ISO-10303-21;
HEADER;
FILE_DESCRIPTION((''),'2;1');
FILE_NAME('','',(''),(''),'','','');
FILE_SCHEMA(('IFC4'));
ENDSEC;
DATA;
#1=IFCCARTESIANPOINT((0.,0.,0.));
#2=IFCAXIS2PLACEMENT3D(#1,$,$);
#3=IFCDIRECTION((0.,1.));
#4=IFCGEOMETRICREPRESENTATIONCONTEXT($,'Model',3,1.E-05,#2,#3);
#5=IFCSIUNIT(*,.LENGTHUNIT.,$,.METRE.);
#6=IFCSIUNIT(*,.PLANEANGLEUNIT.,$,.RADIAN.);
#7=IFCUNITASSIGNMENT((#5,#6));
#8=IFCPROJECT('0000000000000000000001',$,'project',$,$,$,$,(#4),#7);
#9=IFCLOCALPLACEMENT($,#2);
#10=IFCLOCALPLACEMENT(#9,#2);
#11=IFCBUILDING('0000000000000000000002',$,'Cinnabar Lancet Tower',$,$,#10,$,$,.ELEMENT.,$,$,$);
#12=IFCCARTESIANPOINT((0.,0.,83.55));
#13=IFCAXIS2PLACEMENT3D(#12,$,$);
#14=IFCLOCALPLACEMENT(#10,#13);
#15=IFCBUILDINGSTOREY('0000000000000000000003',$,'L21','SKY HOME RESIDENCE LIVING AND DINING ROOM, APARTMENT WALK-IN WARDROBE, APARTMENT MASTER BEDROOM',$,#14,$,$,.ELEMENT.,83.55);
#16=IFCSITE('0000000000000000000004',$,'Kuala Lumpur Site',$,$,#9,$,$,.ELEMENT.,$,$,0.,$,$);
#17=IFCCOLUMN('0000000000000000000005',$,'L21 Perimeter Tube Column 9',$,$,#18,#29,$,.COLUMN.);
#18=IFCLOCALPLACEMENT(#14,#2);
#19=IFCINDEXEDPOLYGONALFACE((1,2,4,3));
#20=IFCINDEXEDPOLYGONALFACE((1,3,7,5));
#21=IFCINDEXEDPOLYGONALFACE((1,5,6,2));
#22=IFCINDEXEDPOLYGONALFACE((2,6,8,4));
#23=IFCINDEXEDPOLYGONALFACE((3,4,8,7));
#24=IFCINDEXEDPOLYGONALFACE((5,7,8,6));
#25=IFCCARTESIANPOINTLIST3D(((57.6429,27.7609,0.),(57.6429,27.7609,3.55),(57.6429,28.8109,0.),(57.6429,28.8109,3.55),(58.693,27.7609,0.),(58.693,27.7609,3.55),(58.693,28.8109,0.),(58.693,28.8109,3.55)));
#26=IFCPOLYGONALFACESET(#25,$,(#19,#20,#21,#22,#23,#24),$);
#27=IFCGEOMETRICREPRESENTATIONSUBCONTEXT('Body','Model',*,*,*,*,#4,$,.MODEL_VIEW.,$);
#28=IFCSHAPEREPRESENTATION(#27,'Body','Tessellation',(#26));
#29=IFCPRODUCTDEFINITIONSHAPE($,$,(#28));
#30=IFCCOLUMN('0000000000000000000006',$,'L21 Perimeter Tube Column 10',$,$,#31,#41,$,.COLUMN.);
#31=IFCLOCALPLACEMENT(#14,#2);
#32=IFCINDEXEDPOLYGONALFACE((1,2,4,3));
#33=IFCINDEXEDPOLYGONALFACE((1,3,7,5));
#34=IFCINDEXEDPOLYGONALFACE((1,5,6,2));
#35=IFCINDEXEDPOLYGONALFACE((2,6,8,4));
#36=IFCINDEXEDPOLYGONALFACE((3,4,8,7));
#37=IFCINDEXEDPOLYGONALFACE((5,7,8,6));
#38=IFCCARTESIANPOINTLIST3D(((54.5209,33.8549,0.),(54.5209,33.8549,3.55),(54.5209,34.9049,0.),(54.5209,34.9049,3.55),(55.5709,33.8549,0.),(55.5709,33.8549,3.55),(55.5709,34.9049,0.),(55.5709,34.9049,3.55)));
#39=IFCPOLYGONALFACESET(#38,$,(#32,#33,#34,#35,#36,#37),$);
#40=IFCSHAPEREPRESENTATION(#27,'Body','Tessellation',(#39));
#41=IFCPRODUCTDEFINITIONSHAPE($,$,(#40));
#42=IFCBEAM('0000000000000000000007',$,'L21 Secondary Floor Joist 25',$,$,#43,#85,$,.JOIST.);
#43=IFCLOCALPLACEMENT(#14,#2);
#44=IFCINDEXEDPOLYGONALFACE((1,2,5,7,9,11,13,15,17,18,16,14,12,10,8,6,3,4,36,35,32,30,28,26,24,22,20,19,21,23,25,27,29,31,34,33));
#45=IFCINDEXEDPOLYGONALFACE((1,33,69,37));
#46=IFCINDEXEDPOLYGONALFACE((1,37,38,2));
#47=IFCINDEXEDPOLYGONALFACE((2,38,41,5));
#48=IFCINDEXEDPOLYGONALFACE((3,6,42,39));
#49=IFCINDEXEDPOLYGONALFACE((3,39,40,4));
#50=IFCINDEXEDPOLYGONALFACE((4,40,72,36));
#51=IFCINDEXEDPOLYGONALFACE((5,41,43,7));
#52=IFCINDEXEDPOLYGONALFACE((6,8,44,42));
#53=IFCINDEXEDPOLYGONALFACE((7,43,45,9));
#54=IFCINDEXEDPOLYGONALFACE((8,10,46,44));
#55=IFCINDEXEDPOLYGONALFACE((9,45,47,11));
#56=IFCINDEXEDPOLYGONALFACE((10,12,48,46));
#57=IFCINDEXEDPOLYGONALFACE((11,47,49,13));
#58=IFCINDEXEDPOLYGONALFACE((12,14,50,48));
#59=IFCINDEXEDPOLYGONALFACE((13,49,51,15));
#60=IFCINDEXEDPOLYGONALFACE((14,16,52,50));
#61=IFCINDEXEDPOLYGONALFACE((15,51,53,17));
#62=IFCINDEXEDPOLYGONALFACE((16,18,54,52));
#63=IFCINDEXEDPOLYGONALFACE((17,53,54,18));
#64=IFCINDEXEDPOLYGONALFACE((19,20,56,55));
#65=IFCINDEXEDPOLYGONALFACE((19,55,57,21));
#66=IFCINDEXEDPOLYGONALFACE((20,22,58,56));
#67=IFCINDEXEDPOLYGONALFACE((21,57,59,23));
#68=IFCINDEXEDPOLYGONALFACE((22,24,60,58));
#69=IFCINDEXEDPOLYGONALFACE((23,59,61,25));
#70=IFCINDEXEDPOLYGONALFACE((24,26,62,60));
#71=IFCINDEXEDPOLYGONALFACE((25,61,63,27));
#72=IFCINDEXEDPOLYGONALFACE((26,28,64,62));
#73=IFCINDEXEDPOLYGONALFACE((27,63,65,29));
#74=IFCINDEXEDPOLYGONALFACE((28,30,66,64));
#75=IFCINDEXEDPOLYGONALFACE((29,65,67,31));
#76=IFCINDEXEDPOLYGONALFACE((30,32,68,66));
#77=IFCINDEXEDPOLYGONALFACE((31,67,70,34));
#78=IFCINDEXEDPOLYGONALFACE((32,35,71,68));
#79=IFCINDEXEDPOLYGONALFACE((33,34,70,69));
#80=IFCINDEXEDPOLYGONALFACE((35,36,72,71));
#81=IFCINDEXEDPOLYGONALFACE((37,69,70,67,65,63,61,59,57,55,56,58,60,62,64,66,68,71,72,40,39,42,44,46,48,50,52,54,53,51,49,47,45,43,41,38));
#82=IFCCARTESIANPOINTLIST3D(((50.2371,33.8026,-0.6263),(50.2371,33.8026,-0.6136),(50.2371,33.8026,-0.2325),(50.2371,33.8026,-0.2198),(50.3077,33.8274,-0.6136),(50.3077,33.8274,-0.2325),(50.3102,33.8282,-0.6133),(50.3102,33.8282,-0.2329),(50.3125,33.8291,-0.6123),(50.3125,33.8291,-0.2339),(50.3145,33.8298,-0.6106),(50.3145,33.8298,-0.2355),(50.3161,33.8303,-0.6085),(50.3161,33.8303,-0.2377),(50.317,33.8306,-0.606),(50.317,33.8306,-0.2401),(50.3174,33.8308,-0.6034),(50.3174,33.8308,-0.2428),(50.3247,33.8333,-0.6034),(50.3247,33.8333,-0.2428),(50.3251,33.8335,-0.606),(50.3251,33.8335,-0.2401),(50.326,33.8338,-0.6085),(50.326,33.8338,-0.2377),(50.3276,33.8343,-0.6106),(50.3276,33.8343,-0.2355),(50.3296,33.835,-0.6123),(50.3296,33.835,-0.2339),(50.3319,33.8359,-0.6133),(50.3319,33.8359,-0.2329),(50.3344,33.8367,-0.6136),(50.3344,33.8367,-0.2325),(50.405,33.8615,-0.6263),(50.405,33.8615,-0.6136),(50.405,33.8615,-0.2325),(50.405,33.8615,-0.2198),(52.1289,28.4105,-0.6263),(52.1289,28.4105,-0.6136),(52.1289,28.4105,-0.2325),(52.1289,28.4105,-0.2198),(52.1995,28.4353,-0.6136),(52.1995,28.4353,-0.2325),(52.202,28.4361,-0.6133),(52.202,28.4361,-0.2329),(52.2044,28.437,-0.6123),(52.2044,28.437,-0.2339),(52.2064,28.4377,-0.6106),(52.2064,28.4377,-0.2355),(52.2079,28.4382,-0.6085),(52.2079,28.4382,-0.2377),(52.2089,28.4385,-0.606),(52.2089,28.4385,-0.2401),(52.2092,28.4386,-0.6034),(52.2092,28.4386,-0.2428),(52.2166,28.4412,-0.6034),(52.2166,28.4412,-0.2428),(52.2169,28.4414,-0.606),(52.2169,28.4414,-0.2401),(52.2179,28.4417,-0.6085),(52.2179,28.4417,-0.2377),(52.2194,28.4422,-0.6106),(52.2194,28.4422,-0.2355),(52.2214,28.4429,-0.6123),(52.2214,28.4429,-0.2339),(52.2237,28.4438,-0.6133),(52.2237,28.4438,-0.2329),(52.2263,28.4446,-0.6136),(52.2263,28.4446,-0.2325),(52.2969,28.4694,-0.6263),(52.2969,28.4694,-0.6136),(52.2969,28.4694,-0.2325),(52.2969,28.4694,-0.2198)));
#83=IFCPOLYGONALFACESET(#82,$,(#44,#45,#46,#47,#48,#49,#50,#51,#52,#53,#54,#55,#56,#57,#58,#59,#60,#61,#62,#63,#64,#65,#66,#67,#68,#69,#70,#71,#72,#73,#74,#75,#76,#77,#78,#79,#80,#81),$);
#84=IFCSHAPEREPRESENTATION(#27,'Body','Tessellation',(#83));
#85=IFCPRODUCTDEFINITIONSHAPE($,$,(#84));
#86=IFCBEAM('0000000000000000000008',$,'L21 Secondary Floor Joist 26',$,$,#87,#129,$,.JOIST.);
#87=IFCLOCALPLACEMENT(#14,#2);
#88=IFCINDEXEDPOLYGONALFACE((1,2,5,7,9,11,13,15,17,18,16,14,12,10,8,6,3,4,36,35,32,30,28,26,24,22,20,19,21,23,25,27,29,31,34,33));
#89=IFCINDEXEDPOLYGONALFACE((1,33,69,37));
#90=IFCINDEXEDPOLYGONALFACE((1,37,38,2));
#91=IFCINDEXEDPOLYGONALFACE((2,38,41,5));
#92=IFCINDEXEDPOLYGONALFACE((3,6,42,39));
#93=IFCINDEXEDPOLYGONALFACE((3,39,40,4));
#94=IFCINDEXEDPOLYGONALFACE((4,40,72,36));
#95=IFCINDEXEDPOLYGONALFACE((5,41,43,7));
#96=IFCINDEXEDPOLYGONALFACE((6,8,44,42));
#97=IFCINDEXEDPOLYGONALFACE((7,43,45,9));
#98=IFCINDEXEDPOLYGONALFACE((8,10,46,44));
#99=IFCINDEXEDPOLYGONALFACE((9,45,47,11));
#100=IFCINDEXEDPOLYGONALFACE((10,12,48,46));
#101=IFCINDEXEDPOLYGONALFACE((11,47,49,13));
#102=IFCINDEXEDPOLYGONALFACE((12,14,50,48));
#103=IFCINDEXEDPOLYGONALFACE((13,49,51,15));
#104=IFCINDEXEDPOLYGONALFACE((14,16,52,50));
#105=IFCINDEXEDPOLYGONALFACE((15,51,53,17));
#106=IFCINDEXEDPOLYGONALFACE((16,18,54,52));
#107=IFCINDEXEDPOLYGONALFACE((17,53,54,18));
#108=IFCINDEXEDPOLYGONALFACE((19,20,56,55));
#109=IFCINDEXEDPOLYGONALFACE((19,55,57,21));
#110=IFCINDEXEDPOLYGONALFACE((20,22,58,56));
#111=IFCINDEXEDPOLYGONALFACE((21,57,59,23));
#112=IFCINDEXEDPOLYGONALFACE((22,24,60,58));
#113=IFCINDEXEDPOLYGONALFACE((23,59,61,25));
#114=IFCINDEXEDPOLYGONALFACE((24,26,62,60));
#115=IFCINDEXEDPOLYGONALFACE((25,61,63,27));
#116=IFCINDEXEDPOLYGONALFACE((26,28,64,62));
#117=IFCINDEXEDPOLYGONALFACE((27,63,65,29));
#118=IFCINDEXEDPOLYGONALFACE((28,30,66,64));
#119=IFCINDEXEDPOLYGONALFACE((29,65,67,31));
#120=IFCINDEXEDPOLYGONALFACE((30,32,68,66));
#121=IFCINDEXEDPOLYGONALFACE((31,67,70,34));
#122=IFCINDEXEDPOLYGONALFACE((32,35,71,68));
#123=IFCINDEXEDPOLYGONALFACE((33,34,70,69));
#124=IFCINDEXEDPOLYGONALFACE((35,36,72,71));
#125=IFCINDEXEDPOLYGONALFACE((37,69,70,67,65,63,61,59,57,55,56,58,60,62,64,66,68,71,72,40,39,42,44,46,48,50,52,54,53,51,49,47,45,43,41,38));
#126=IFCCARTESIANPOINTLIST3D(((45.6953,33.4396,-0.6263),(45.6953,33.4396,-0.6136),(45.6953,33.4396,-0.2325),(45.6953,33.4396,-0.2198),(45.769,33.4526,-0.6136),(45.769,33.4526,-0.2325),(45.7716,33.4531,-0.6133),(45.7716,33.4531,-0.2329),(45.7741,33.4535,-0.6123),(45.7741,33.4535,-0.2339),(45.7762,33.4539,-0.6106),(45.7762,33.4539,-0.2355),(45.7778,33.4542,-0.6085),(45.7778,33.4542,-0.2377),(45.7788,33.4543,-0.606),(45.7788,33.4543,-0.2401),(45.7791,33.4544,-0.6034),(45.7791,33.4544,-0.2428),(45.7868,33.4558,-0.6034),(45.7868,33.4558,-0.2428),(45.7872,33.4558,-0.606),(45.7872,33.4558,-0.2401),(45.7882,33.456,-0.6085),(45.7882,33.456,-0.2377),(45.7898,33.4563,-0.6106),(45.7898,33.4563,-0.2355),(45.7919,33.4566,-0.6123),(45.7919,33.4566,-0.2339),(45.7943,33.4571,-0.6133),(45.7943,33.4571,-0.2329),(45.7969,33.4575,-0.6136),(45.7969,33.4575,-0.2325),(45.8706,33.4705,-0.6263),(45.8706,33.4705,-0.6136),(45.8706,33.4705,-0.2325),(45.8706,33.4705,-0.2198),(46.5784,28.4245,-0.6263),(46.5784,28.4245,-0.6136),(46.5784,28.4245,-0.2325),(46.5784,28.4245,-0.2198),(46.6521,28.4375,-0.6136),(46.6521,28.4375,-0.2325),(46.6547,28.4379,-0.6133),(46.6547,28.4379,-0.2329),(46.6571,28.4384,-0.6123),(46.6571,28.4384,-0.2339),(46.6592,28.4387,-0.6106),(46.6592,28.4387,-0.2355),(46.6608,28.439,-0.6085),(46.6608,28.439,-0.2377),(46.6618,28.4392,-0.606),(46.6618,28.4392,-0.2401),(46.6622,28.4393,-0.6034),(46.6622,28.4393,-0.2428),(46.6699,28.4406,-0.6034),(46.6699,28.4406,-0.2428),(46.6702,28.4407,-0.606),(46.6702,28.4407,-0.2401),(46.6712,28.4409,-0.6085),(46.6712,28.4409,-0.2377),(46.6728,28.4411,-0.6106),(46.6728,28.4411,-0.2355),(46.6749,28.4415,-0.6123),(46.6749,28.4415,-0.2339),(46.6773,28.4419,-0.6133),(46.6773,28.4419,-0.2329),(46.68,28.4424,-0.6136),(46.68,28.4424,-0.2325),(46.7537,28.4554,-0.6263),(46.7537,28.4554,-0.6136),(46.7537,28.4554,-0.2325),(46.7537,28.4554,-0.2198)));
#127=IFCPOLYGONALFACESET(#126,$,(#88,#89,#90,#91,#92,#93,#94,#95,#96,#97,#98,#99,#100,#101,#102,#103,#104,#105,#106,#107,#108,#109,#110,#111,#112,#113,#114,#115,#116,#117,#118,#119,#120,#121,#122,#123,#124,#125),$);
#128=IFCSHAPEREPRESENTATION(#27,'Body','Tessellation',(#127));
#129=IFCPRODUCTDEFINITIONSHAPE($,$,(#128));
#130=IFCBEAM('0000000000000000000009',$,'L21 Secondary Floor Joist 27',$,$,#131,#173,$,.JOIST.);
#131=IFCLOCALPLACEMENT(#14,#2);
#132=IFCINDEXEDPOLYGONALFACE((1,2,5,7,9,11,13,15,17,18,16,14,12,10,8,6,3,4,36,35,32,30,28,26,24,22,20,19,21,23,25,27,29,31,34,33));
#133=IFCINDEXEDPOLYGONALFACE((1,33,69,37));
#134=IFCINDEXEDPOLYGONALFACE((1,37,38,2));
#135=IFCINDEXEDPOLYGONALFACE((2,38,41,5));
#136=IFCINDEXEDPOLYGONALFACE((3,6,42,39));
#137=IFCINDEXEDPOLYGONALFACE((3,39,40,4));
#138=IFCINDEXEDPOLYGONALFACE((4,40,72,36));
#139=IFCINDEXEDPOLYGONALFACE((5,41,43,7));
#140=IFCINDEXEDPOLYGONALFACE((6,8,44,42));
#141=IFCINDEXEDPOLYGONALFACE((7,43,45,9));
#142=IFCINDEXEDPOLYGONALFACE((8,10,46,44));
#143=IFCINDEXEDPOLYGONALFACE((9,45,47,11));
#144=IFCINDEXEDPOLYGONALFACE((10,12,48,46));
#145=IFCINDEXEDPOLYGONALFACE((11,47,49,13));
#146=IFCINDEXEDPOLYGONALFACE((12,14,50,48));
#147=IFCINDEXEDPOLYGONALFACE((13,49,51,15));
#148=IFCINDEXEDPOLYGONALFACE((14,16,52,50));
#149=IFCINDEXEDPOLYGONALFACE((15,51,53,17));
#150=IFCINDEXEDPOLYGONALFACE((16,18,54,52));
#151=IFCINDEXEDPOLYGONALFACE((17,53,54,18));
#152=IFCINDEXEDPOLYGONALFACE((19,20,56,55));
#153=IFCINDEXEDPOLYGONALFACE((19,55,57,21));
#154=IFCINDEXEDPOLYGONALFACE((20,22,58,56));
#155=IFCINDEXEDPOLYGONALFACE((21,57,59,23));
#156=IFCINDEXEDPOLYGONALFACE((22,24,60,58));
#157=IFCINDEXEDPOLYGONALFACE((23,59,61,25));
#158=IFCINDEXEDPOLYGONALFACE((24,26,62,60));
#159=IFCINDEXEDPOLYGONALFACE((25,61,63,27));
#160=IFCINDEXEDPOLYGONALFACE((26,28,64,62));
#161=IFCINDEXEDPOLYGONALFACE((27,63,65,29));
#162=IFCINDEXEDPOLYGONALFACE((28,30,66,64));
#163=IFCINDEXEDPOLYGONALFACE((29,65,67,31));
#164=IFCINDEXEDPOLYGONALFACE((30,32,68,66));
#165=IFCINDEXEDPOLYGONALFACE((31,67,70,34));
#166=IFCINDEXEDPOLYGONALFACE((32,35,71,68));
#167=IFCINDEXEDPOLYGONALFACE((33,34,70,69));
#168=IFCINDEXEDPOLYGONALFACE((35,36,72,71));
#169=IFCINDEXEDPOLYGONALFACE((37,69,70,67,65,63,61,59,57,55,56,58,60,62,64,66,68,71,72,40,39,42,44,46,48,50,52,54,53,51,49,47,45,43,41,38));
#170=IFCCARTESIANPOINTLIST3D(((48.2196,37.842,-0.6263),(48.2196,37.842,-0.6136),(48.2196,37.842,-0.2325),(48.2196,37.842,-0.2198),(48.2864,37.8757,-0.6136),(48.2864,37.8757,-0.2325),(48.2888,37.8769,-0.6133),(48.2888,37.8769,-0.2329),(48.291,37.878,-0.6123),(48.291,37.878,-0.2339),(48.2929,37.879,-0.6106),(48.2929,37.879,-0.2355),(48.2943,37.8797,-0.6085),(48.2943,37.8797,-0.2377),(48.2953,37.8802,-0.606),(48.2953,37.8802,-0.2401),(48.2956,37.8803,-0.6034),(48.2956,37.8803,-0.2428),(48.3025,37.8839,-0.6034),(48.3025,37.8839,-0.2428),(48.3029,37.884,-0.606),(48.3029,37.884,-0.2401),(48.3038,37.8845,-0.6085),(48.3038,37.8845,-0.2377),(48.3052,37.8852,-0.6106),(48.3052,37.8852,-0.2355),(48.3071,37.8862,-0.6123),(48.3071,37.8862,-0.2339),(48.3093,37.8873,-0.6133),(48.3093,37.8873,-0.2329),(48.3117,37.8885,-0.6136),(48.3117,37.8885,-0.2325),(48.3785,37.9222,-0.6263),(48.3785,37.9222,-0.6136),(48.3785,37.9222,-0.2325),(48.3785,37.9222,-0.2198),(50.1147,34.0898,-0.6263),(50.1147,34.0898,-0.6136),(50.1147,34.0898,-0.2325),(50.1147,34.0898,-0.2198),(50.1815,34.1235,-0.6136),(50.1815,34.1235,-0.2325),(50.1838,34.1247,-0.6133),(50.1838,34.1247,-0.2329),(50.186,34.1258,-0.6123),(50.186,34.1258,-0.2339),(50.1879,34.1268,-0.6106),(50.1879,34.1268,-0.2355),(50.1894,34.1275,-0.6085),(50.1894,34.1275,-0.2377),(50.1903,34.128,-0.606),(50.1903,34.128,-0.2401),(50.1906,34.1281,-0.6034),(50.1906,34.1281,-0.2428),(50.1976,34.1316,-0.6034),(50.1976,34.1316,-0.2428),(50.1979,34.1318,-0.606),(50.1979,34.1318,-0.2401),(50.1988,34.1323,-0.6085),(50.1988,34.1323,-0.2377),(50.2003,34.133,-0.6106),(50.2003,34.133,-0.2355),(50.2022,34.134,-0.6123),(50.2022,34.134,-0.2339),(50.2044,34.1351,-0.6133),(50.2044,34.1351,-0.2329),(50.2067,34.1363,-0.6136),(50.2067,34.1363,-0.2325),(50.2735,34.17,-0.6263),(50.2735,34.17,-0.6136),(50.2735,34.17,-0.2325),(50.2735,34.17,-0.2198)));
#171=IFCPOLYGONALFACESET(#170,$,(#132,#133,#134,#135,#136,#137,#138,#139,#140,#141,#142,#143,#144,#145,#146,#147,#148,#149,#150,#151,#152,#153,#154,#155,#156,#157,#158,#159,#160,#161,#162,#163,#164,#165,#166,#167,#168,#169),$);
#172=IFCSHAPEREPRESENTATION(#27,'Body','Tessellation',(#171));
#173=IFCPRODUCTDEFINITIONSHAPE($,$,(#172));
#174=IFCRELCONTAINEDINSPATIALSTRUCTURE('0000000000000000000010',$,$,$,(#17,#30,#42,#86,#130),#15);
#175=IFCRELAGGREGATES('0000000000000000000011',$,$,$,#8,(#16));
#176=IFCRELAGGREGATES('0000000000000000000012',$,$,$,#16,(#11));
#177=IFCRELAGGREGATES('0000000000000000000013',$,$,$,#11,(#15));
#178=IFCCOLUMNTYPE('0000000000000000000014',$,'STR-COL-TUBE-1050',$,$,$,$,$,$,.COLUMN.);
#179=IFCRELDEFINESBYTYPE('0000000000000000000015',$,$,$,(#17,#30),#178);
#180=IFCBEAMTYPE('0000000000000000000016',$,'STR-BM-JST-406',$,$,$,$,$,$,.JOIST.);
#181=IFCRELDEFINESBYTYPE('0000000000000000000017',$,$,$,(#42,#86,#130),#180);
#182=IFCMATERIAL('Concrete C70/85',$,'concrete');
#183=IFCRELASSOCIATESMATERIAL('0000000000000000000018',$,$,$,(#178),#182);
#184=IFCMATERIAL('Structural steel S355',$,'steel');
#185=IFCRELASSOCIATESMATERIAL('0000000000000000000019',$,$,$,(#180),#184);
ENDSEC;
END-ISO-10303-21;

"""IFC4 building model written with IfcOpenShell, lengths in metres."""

from ifc_helpers import new_model, si_unit, direction, frame, origin, origin_2d, place, context, subcontext, project, spatial, rectangle, i_section, extrude, material, material_profile, profile_set, type_object, element, save


model = new_model("IFC4")

# Units and contexts
model_context = context("Model", 3, precision=1e-05, world=origin(), true_north=direction((0.0, 1.0)))
body_context = subcontext(model_context, "Body", "Model", "MODEL_VIEW")
ifc_project = project(units=[si_unit("LENGTHUNIT", "METRE"), si_unit("PLANEANGLEUNIT", "RADIAN")], contexts=[model_context])

# Site, building, storey
site_placement = place(None, origin())
site = spatial("IfcSite", under=ifc_project, at=site_placement, Name="Kuala Lumpur Site", CompositionType="ELEMENT", RefElevation=0.0)
building_placement = place(site_placement, origin())
building = spatial("IfcBuilding", under=site, at=building_placement, Name="Cinnabar Lancet Tower", CompositionType="ELEMENT")
storey_placement = place(building_placement, frame((0.0, 0.0, 83.55)))
storey = spatial("IfcBuildingStorey", under=building, at=storey_placement, Name="L21", Description="SKY HOME RESIDENCE LIVING AND DINING ROOM, APARTMENT WALK-IN WARDROBE, APARTMENT MASTER BEDROOM", CompositionType="ELEMENT", Elevation=83.55)

# Columns
ifc_material_1 = material(Name="Concrete C70/85", Category="concrete")
ifc_material_profile_1 = material_profile(ifc_material_1, rectangle(XDim=1.05, YDim=1.05, at=origin_2d()), Name="RC-COL 1050x1050")
ifc_profile_set_1 = profile_set([ifc_material_profile_1], Name="Concrete C70/85")
column_type = type_object("IfcColumnType", Name="STR-COL-TUBE-1050", PredefinedType="COLUMN", material=ifc_profile_set_1)
for number, where, z_axis, x_axis, name in (
    (1, (58.168, 28.2859, 0.0), (0.0, 0.0, 1.0), (1.0, 0.0, 0.0), "L21 Perimeter Tube Column 9"),
    (2, (55.0459, 34.3799, 0.0), (0.0, 0.0, 1.0), (1.0, 0.0, 0.0), "L21 Perimeter Tube Column 10"),
):
    element("IfcColumn", number, at=place(storey_placement, frame(where, z_axis=z_axis, x_axis=x_axis)), inside=storey, type_object=column_type, Name=name, PredefinedType="COLUMN", context=body_context, shape_type="SweptSolid", body=[
        extrude(rectangle(XDim=1.05, YDim=1.05, at=origin_2d()), origin(), (0.0, 0.0, 1.0), 3.55),
    ])

# Beams
ifc_material_2 = material(Name="Structural steel S355", Category="steel")
ifc_material_profile_2 = material_profile(ifc_material_2, i_section(OverallWidth=0.178, OverallDepth=0.4065, WebThickness=0.0078, FlangeThickness=0.0127, FilletRadius=0.0103, at=origin_2d()), Name="UKB 406x178x60")
ifc_profile_set_2 = profile_set([ifc_material_profile_2], Name="Structural steel S355")
beam_type_1 = type_object("IfcBeamType", Name="STR-BM-JST-406", PredefinedType="JOIST", material=ifc_profile_set_2)
beam_1_placement = place(storey_placement, frame((52.2129, 28.4399, -0.4231), z_axis=(-0.33107, 0.943606, 0.0), x_axis=(-0.943606, -0.33107, 0.0)))
element("IfcBeam", 3, at=beam_1_placement, inside=storey, type_object=beam_type_1, Name="L21 Secondary Floor Joist 25", PredefinedType="JOIST", context=body_context, shape_type="SweptSolid", body=[
    extrude(i_section(OverallWidth=0.178, OverallDepth=0.4065, WebThickness=0.0078, FlangeThickness=0.0127, FilletRadius=0.0103, at=origin_2d()), origin(), (0.0, 0.0, 1.0), 5.7144),
])
beam_2_placement = place(storey_placement, frame((46.666, 28.4399, -0.4231), z_axis=(-0.173411, 0.98485, 0.0), x_axis=(-0.98485, -0.173411, 0.0)))
element("IfcBeam", 4, at=beam_2_placement, inside=storey, type_object=beam_type_1, Name="L21 Secondary Floor Joist 26", PredefinedType="JOIST", context=body_context, shape_type="SweptSolid", body=[
    extrude(i_section(OverallWidth=0.178, OverallDepth=0.4065, WebThickness=0.0078, FlangeThickness=0.0127, FilletRadius=0.0103, at=origin_2d()), origin(), (0.0, 0.0, 1.0), 5.0923),
])
beam_3_placement = place(storey_placement, frame((50.1941, 34.1299, -0.4231), z_axis=(-0.450811, 0.892619, 0.0), x_axis=(-0.892619, -0.450811, 0.0)))
element("IfcBeam", 5, at=beam_3_placement, inside=storey, type_object=beam_type_1, Name="L21 Secondary Floor Joist 27", PredefinedType="JOIST", context=body_context, shape_type="SweptSolid", body=[
    extrude(i_section(OverallWidth=0.178, OverallDepth=0.4065, WebThickness=0.0078, FlangeThickness=0.0127, FilletRadius=0.0103, at=origin_2d()), origin(), (0.0, 0.0, 1.0), 4.2036),
])

save(model, "model.ifc")
